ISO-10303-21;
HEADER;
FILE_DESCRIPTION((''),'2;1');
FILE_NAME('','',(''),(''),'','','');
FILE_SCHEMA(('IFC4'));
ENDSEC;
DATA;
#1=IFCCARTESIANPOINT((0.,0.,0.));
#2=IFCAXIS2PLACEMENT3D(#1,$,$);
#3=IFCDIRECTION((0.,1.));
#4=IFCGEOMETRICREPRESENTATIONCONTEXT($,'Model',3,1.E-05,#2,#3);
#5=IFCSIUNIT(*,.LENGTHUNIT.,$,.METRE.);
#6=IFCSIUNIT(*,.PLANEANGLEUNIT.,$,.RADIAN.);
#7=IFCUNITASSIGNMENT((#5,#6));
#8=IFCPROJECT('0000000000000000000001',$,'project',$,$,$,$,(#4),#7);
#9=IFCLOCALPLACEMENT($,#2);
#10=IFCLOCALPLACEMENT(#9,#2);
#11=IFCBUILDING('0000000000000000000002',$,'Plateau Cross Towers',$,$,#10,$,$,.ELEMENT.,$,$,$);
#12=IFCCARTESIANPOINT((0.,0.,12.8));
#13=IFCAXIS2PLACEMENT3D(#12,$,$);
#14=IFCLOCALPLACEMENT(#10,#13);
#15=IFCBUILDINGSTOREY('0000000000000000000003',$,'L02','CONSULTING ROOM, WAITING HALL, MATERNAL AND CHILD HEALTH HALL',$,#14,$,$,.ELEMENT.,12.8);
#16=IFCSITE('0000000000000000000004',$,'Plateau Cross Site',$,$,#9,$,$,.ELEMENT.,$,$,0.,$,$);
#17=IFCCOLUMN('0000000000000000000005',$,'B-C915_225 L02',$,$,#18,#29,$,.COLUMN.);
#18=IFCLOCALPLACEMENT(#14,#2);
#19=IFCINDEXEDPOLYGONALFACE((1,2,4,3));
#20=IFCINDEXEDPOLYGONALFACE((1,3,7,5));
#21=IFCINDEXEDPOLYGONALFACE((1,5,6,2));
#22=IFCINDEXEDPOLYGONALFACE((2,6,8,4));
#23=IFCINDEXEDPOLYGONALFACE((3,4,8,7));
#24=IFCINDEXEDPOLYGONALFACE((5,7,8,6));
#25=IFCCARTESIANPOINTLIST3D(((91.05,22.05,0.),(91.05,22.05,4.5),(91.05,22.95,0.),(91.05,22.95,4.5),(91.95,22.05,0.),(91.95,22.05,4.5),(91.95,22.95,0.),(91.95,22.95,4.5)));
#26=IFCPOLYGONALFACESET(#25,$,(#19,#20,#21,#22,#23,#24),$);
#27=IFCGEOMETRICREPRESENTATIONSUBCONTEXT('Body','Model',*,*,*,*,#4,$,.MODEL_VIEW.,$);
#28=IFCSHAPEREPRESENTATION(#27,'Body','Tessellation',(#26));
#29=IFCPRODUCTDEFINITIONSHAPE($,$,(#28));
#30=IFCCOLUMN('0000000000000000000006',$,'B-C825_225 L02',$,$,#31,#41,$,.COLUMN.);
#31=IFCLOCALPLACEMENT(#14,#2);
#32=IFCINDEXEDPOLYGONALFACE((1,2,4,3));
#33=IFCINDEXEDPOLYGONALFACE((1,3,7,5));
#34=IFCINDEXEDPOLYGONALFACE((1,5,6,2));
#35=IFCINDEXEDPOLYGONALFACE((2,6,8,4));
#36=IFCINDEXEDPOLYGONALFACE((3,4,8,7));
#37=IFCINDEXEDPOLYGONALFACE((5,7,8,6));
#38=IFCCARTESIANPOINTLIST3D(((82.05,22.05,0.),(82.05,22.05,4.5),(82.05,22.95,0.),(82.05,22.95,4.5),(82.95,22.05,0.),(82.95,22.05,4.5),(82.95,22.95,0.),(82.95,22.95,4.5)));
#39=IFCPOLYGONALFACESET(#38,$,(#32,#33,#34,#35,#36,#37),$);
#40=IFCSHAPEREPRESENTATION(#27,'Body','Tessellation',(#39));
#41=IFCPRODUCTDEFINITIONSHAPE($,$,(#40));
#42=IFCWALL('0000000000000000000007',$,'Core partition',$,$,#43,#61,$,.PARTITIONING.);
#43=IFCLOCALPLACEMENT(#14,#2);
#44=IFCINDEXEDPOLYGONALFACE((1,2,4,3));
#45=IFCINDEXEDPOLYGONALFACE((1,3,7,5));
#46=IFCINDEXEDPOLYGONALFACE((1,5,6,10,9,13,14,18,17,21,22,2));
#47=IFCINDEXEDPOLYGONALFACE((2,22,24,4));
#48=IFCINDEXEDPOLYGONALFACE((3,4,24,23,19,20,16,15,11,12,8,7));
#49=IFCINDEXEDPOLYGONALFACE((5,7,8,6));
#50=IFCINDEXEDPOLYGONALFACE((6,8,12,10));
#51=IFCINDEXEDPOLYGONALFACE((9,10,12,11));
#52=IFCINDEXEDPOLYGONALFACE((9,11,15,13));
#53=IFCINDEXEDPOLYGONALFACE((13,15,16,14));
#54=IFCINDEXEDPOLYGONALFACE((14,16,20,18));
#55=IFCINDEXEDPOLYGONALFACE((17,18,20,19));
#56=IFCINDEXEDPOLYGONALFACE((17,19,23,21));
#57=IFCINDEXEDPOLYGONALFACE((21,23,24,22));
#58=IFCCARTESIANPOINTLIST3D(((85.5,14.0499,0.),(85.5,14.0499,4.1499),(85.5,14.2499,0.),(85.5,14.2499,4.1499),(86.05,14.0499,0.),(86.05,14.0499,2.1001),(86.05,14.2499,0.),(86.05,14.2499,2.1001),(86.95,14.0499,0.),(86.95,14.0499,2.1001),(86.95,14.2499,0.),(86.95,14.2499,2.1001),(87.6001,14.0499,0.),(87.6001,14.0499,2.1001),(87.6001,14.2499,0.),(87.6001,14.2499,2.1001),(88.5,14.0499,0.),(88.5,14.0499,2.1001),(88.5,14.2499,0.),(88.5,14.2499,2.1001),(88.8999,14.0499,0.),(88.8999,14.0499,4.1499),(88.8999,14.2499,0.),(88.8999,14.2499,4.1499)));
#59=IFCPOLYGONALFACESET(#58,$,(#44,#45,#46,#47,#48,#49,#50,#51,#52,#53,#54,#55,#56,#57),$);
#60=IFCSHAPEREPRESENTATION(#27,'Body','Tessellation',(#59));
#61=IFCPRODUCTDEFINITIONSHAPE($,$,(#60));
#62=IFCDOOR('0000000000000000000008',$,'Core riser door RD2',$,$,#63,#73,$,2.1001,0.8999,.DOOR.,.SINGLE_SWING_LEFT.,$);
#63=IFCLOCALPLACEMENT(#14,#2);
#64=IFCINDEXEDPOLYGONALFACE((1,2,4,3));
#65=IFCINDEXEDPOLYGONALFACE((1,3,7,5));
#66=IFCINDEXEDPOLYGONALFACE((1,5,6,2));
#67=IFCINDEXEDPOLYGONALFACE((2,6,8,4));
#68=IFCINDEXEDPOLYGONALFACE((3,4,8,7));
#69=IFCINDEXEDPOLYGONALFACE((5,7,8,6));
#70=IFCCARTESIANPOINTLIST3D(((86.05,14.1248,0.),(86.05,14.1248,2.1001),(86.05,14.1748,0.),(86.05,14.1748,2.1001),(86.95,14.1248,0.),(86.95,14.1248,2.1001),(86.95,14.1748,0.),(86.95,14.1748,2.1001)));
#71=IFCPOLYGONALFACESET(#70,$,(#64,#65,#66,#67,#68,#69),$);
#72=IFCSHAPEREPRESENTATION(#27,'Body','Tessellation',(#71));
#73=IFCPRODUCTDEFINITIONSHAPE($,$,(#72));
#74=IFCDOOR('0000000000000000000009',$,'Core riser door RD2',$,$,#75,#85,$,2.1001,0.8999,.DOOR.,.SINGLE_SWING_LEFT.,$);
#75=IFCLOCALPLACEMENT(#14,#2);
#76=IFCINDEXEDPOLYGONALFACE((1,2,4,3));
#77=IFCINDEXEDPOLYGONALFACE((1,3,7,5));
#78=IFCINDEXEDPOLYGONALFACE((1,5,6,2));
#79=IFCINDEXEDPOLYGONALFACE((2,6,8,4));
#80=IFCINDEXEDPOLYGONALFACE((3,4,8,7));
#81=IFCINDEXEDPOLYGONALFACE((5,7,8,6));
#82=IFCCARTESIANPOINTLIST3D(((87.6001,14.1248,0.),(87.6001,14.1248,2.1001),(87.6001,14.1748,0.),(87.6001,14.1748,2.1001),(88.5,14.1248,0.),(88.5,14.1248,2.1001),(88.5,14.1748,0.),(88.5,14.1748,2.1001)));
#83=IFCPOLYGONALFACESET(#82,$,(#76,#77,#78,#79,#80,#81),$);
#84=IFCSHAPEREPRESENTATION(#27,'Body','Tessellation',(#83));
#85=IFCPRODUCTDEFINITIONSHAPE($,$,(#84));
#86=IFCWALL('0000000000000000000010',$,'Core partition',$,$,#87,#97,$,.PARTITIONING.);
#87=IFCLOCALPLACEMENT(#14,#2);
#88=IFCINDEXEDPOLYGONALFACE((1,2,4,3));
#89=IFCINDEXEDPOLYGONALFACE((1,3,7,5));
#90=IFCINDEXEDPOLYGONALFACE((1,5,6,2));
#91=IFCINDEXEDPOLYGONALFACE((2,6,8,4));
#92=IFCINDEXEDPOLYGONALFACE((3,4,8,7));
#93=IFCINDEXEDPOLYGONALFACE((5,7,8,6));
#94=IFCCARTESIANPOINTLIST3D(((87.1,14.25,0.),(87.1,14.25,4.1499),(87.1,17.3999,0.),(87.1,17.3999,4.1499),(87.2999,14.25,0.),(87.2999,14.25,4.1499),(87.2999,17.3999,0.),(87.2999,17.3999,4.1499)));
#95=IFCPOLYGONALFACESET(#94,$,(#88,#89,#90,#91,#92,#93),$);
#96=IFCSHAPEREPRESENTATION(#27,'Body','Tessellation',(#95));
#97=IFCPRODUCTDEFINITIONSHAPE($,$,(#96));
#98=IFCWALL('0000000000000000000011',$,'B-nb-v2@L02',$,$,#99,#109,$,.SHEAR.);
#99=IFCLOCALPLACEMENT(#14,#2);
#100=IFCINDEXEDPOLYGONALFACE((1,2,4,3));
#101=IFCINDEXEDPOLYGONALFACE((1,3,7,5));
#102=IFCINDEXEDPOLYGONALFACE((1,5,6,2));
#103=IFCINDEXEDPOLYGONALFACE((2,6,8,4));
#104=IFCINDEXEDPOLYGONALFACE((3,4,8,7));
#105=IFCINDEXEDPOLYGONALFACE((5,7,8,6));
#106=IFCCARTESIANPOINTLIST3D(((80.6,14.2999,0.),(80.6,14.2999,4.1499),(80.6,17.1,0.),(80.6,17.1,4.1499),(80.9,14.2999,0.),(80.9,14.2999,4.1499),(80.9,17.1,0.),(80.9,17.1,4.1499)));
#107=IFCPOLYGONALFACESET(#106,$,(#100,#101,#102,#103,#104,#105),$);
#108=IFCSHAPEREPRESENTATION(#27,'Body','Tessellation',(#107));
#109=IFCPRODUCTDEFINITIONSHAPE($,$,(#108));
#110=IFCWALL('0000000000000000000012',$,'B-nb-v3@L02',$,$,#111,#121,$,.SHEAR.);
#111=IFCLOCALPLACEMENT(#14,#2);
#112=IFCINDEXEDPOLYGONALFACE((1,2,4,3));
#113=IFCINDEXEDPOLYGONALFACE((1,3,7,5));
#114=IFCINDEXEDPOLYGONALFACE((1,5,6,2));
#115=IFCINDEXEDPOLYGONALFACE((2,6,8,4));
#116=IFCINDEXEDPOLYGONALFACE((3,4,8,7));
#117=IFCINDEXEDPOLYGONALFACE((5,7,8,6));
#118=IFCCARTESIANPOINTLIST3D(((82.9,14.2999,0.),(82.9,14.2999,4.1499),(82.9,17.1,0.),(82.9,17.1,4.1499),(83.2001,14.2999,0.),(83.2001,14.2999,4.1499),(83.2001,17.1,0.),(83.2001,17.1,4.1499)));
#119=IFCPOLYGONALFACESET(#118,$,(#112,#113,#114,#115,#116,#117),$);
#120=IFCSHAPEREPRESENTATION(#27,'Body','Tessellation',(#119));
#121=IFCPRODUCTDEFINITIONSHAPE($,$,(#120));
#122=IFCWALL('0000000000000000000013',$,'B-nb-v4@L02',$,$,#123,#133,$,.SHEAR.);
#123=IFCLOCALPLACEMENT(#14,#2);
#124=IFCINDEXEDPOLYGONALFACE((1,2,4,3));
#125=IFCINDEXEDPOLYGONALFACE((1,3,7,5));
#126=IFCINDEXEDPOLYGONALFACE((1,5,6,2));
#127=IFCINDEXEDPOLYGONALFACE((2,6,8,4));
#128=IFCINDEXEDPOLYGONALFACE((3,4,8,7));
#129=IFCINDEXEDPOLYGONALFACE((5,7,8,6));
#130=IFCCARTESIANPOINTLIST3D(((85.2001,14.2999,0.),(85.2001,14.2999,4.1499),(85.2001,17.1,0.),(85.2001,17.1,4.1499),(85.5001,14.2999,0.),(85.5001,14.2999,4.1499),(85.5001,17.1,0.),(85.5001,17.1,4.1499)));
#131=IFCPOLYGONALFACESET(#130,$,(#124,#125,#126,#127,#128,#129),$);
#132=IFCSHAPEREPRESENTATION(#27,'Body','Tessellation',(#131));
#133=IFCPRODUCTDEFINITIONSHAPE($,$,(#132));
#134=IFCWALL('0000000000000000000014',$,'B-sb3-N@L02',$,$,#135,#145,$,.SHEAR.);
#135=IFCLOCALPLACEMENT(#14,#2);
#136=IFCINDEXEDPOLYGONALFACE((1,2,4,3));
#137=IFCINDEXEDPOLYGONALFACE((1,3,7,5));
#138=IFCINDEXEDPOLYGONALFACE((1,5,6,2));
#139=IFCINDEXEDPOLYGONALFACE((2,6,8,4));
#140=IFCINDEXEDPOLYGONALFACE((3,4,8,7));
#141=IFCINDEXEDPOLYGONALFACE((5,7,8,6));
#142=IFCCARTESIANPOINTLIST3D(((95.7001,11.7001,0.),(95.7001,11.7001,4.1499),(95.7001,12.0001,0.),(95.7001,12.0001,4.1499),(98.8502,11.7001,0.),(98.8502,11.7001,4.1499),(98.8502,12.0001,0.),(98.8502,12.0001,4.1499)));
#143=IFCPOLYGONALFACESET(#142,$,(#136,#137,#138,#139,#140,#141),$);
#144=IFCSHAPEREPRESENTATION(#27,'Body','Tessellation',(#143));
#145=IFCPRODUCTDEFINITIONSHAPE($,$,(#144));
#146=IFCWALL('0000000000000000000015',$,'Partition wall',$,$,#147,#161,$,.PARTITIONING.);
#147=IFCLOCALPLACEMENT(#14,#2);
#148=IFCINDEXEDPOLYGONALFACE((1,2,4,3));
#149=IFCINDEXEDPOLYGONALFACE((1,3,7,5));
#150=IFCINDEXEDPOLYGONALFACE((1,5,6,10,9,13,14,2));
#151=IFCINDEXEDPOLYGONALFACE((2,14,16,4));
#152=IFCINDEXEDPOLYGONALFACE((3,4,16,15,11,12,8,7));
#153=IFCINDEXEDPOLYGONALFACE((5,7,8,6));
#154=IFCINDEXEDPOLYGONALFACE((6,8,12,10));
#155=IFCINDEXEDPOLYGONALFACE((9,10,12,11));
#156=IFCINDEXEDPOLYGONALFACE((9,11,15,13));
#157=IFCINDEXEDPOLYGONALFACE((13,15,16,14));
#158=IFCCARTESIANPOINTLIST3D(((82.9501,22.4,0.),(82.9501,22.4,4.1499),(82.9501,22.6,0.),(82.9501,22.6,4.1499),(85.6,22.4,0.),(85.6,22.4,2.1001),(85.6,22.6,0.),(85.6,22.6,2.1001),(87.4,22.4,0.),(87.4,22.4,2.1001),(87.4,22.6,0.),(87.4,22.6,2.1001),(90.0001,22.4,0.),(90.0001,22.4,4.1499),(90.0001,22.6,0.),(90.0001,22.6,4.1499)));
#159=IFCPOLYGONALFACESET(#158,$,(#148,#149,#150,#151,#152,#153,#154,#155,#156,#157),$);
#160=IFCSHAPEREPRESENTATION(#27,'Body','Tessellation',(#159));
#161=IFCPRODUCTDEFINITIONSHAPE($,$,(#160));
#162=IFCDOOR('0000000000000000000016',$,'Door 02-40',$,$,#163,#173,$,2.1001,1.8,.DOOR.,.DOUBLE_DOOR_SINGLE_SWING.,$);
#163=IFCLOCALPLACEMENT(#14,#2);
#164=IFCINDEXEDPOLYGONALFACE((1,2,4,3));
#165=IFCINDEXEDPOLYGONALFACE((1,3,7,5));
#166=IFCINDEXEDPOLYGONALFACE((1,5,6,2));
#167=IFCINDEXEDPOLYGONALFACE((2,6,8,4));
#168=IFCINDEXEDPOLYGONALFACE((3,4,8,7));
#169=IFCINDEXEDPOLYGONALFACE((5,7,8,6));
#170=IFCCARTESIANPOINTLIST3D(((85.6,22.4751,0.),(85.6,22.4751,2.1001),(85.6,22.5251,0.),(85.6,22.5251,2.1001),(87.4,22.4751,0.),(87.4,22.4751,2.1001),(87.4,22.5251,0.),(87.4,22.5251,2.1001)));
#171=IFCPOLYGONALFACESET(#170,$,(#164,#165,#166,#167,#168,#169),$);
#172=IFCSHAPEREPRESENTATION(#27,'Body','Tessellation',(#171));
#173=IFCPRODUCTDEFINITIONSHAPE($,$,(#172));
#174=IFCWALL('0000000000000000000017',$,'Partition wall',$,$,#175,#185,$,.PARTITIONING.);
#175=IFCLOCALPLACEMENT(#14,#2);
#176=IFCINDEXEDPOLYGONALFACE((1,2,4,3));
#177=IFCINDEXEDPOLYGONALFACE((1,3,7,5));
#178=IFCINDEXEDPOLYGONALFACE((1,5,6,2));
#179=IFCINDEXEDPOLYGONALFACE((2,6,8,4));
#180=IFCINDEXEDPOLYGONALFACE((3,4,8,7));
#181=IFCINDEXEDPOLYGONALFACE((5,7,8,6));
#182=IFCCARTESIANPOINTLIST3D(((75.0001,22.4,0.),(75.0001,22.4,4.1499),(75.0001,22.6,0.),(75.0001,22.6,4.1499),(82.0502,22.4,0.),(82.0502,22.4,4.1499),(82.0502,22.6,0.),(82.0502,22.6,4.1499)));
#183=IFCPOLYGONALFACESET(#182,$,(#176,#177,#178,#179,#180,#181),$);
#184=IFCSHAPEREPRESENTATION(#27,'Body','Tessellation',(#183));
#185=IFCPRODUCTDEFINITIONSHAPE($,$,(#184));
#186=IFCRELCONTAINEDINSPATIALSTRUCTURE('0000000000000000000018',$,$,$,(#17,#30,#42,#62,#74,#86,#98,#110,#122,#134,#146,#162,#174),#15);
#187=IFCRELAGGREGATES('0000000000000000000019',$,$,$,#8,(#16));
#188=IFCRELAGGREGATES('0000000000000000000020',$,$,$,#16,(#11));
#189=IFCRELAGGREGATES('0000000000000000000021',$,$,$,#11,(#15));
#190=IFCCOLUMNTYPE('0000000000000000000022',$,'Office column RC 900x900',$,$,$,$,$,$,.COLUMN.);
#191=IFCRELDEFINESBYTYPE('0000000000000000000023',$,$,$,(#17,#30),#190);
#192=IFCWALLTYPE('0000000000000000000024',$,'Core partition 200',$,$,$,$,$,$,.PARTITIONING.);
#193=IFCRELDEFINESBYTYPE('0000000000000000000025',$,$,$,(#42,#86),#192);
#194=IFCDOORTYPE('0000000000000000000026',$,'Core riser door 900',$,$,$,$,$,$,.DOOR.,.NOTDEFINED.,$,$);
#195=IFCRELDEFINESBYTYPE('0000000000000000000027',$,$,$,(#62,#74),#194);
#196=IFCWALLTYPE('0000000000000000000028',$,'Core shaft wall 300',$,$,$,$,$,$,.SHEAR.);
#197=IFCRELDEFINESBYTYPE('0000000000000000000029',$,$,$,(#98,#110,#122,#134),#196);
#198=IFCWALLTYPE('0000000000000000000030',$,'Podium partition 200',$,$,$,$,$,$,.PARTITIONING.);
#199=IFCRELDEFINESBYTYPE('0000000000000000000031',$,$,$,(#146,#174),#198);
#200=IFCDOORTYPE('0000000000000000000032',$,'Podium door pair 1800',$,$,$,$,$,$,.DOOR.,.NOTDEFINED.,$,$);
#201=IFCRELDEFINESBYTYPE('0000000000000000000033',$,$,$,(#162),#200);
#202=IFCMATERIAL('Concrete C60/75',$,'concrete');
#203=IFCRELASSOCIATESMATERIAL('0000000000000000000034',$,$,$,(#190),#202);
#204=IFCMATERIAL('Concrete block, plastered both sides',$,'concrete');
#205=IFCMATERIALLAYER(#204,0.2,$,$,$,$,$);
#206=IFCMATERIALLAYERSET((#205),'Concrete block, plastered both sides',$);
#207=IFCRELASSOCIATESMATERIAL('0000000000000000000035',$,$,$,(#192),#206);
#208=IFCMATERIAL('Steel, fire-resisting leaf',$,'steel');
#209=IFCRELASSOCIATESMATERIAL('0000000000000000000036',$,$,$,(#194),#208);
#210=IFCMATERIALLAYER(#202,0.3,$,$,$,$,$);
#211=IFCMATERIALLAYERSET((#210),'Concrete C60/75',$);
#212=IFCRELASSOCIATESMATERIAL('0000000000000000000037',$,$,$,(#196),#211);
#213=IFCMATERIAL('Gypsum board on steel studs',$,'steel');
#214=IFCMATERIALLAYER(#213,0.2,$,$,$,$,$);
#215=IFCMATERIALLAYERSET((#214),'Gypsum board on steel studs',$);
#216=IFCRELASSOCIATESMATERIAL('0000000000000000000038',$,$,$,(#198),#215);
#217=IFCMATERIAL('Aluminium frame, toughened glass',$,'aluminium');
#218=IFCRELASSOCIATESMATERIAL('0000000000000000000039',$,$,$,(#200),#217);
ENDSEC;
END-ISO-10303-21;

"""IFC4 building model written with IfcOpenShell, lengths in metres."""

from ifc_helpers import new_model, si_unit, direction, frame, frame_2d, origin, origin_2d, place, context, subcontext, project, spatial, rectangle, extrude, material, layer, layer_set, material_profile, profile_set, type_object, element, fill, save


model = new_model("IFC4")

# Units and contexts
model_context = context("Model", 3, precision=1e-05, world=origin(), true_north=direction((0.0, 1.0)))
body_context = subcontext(model_context, "Body", "Model", "MODEL_VIEW")
ifc_project = project(units=[si_unit("LENGTHUNIT", "METRE"), si_unit("PLANEANGLEUNIT", "RADIAN")], contexts=[model_context])

# Site, building, storey
site_placement = place(None, origin())
site = spatial("IfcSite", under=ifc_project, at=site_placement, Name="Plateau Cross Site", CompositionType="ELEMENT", RefElevation=0.0)
building_placement = place(site_placement, origin())
building = spatial("IfcBuilding", under=site, at=building_placement, Name="Plateau Cross Towers", CompositionType="ELEMENT")
storey_placement = place(building_placement, frame((0.0, 0.0, 12.8)))
storey = spatial("IfcBuildingStorey", under=building, at=storey_placement, Name="L02", Description="CONSULTING ROOM, WAITING HALL, MATERNAL AND CHILD HEALTH HALL", CompositionType="ELEMENT", Elevation=12.8)

# Columns
ifc_material_1 = material(Name="Concrete C60/75", Category="concrete")
ifc_material_profile = material_profile(ifc_material_1, rectangle(XDim=0.8999, YDim=0.8999, at=origin_2d()), Name="RC 900x900")
ifc_profile_set = profile_set([ifc_material_profile], Name="Concrete C60/75")
column_type = type_object("IfcColumnType", Name="Office column RC 900x900", PredefinedType="COLUMN", material=ifc_profile_set)
for number, where, z_axis, x_axis, name in (
    (1, (91.5, 22.5, 0.0), (0.0, 0.0, 1.0), (1.0, 0.0, 0.0), "B-C915_225 L02"),
    (2, (82.5, 22.5, 0.0), (0.0, 0.0, 1.0), (1.0, 0.0, 0.0), "B-C825_225 L02"),
):
    element("IfcColumn", number, at=place(storey_placement, frame(where, z_axis=z_axis, x_axis=x_axis)), inside=storey, type_object=column_type, Name=name, PredefinedType="COLUMN", context=body_context, shape_type="SweptSolid", body=[
        extrude(rectangle(XDim=0.8999, YDim=0.8999, at=origin_2d()), origin(), (0.0, 0.0, 1.0), 4.5),
    ])

# Wall, openings, doors
ifc_material_2 = material(Name="Concrete block, plastered both sides", Category="concrete")
ifc_layer_1 = layer(ifc_material_2, 0.2)
ifc_layer_set_1 = layer_set([ifc_layer_1], Name="Concrete block, plastered both sides")
wall_type_1 = type_object("IfcWallType", Name="Core partition 200", PredefinedType="PARTITIONING", material=ifc_layer_set_1)
wall_1_placement = place(storey_placement, frame((85.5, 14.1499, 0.0), z_axis=(0.0, 0.0, 1.0), x_axis=(1.0, 0.0, 0.0)))
wall_1 = element("IfcWall", 3, at=wall_1_placement, inside=storey, type_object=wall_type_1, Name="Core partition", PredefinedType="PARTITIONING", context=body_context, shape_type="SweptSolid", body=[
    extrude(rectangle(XDim=3.3999, YDim=0.2, at=frame_2d((1.7, 0.0))), origin(), (0.0, 0.0, 1.0), 4.1499),
])
opening_1_placement = place(wall_1_placement, frame((0.55, 0.0, 0.0)))
opening_1 = element("IfcOpeningElement", 4, at=opening_1_placement, cuts=wall_1, PredefinedType="OPENING", context=body_context, shape_type="SweptSolid", body=[
    extrude(rectangle(XDim=0.8999, YDim=2.1001, at=frame_2d((0.45, 1.05))), frame((0.0, 0.1099, 0.0), z_axis=(0.0, -1.0, 0.0), x_axis=(1.0, 0.0, 0.0)), (0.0, 0.0, 1.0), 0.22),
])
opening_2_placement = place(wall_1_placement, frame((2.1001, 0.0, 0.0)))
opening_2 = element("IfcOpeningElement", 5, at=opening_2_placement, cuts=wall_1, PredefinedType="OPENING", context=body_context, shape_type="SweptSolid", body=[
    extrude(rectangle(XDim=0.8999, YDim=2.1001, at=frame_2d((0.45, 1.05))), frame((0.0, 0.1099, 0.0), z_axis=(0.0, -1.0, 0.0), x_axis=(1.0, 0.0, 0.0)), (0.0, 0.0, 1.0), 0.22),
])
ifc_material_3 = material(Name="Steel, fire-resisting leaf", Category="steel")
door_type_1 = type_object("IfcDoorType", Name="Core riser door 900", OperationType="NOTDEFINED", PredefinedType="DOOR", material=ifc_material_3)
door_1_placement = place(opening_1_placement, origin())
door_1 = element("IfcDoor", 6, at=door_1_placement, inside=storey, type_object=door_type_1, Name="Core riser door RD2", OperationType="SINGLE_SWING_LEFT", OverallHeight=2.1001, OverallWidth=0.8999, PredefinedType="DOOR", context=body_context, shape_type="SweptSolid", body=[
    extrude(rectangle(XDim=0.8999, YDim=2.1001, at=frame_2d((0.45, 1.05))), frame((0.0, 0.0249, 0.0), z_axis=(0.0, -1.0, 0.0), x_axis=(1.0, 0.0, 0.0)), (0.0, 0.0, 1.0), 0.05),
])
fill(opening_1, door_1)
door_2_placement = place(opening_2_placement, origin())
door_2 = element("IfcDoor", 7, at=door_2_placement, inside=storey, type_object=door_type_1, Name="Core riser door RD2", OperationType="SINGLE_SWING_LEFT", OverallHeight=2.1001, OverallWidth=0.8999, PredefinedType="DOOR", context=body_context, shape_type="SweptSolid", body=[
    extrude(rectangle(XDim=0.8999, YDim=2.1001, at=frame_2d((0.45, 1.05))), frame((0.0, 0.0249, 0.0), z_axis=(0.0, -1.0, 0.0), x_axis=(1.0, 0.0, 0.0)), (0.0, 0.0, 1.0), 0.05),
])
fill(opening_2, door_2)

# Walls
wall_2_placement = place(storey_placement, frame((87.2, 14.25, 0.0), z_axis=(0.0, 0.0, 1.0), x_axis=(0.0, 1.0, 0.0)))
element("IfcWall", 8, at=wall_2_placement, inside=storey, type_object=wall_type_1, Name="Core partition", PredefinedType="PARTITIONING", context=body_context, shape_type="SweptSolid", body=[
    extrude(rectangle(XDim=3.1499, YDim=0.2, at=frame_2d((1.575, 0.0))), origin(), (0.0, 0.0, 1.0), 4.1499),
])
ifc_layer_2 = layer(ifc_material_1, 0.3)
ifc_layer_set_2 = layer_set([ifc_layer_2], Name="Concrete C60/75")
wall_type_2 = type_object("IfcWallType", Name="Core shaft wall 300", PredefinedType="SHEAR", material=ifc_layer_set_2)
for number, where, z_axis, x_axis, name in (
    (9, (80.75, 14.3, 0.0), (0.0, 0.0, 1.0), (0.0, 1.0, 0.0), "B-nb-v2@L02"),
    (10, (83.05, 14.3, 0.0), (0.0, 0.0, 1.0), (0.0, 1.0, 0.0), "B-nb-v3@L02"),
    (11, (85.3501, 14.3, 0.0), (0.0, 0.0, 1.0), (0.0, 1.0, 0.0), "B-nb-v4@L02"),
):
    element("IfcWall", number, at=place(storey_placement, frame(where, z_axis=z_axis, x_axis=x_axis)), inside=storey, type_object=wall_type_2, Name=name, PredefinedType="SHEAR", context=body_context, shape_type="SweptSolid", body=[
        extrude(rectangle(XDim=2.8, YDim=0.3, at=frame_2d((1.3999, 0.0))), origin(), (0.0, 0.0, 1.0), 4.1499),
    ])
wall_3_placement = place(storey_placement, frame((95.7, 11.8501, 0.0), z_axis=(0.0, 0.0, 1.0), x_axis=(1.0, 0.0, 0.0)))
element("IfcWall", 12, at=wall_3_placement, inside=storey, type_object=wall_type_2, Name="B-sb3-N@L02", PredefinedType="SHEAR", context=body_context, shape_type="SweptSolid", body=[
    extrude(rectangle(XDim=3.1501, YDim=0.3, at=frame_2d((1.5752, 0.0))), origin(), (0.0, 0.0, 1.0), 4.1499),
])

# Wall, opening, door
ifc_material_4 = material(Name="Gypsum board on steel studs", Category="steel")
ifc_layer_3 = layer(ifc_material_4, 0.2)
ifc_layer_set_3 = layer_set([ifc_layer_3], Name="Gypsum board on steel studs")
wall_type_3 = type_object("IfcWallType", Name="Podium partition 200", PredefinedType="PARTITIONING", material=ifc_layer_set_3)
wall_4_placement = place(storey_placement, frame((90.0, 22.5, 0.0), z_axis=(0.0, 0.0, 1.0), x_axis=(-1.0, 0.0, 0.0)))
wall_4 = element("IfcWall", 13, at=wall_4_placement, inside=storey, type_object=wall_type_3, Name="Partition wall", PredefinedType="PARTITIONING", context=body_context, shape_type="SweptSolid", body=[
    extrude(rectangle(XDim=7.05, YDim=0.2, at=frame_2d((3.5249, 0.0))), origin(), (0.0, 0.0, 1.0), 4.1499),
])
opening_3_placement = place(wall_4_placement, frame((2.6001, 0.0, 0.0)))
opening_3 = element("IfcOpeningElement", 14, at=opening_3_placement, cuts=wall_4, PredefinedType="OPENING", context=body_context, shape_type="SweptSolid", body=[
    extrude(rectangle(XDim=1.8, YDim=2.1001, at=frame_2d((0.8999, 1.05))), frame((0.0, 0.1099, 0.0), z_axis=(0.0, -1.0, 0.0), x_axis=(1.0, 0.0, 0.0)), (0.0, 0.0, 1.0), 0.22),
])
ifc_material_5 = material(Name="Aluminium frame, toughened glass", Category="aluminium")
door_type_2 = type_object("IfcDoorType", Name="Podium door pair 1800", OperationType="NOTDEFINED", PredefinedType="DOOR", material=ifc_material_5)
door_3_placement = place(opening_3_placement, origin())
door_3 = element("IfcDoor", 15, at=door_3_placement, inside=storey, type_object=door_type_2, Name="Door 02-40", OperationType="DOUBLE_DOOR_SINGLE_SWING", OverallHeight=2.1001, OverallWidth=1.8, PredefinedType="DOOR", context=body_context, shape_type="SweptSolid", body=[
    extrude(rectangle(XDim=1.8, YDim=2.1001, at=frame_2d((0.8999, 1.05))), frame((0.0, 0.0249, 0.0), z_axis=(0.0, -1.0, 0.0), x_axis=(1.0, 0.0, 0.0)), (0.0, 0.0, 1.0), 0.05),
])
fill(opening_3, door_3)

# Wall
wall_5_placement = place(storey_placement, frame((82.05, 22.5, 0.0), z_axis=(0.0, 0.0, 1.0), x_axis=(-1.0, 0.0, 0.0)))
element("IfcWall", 16, at=wall_5_placement, inside=storey, type_object=wall_type_3, Name="Partition wall", PredefinedType="PARTITIONING", context=body_context, shape_type="SweptSolid", body=[
    extrude(rectangle(XDim=7.05, YDim=0.2, at=frame_2d((3.5249, 0.0))), origin(), (0.0, 0.0, 1.0), 4.1499),
])

save(model, "model.ifc")
